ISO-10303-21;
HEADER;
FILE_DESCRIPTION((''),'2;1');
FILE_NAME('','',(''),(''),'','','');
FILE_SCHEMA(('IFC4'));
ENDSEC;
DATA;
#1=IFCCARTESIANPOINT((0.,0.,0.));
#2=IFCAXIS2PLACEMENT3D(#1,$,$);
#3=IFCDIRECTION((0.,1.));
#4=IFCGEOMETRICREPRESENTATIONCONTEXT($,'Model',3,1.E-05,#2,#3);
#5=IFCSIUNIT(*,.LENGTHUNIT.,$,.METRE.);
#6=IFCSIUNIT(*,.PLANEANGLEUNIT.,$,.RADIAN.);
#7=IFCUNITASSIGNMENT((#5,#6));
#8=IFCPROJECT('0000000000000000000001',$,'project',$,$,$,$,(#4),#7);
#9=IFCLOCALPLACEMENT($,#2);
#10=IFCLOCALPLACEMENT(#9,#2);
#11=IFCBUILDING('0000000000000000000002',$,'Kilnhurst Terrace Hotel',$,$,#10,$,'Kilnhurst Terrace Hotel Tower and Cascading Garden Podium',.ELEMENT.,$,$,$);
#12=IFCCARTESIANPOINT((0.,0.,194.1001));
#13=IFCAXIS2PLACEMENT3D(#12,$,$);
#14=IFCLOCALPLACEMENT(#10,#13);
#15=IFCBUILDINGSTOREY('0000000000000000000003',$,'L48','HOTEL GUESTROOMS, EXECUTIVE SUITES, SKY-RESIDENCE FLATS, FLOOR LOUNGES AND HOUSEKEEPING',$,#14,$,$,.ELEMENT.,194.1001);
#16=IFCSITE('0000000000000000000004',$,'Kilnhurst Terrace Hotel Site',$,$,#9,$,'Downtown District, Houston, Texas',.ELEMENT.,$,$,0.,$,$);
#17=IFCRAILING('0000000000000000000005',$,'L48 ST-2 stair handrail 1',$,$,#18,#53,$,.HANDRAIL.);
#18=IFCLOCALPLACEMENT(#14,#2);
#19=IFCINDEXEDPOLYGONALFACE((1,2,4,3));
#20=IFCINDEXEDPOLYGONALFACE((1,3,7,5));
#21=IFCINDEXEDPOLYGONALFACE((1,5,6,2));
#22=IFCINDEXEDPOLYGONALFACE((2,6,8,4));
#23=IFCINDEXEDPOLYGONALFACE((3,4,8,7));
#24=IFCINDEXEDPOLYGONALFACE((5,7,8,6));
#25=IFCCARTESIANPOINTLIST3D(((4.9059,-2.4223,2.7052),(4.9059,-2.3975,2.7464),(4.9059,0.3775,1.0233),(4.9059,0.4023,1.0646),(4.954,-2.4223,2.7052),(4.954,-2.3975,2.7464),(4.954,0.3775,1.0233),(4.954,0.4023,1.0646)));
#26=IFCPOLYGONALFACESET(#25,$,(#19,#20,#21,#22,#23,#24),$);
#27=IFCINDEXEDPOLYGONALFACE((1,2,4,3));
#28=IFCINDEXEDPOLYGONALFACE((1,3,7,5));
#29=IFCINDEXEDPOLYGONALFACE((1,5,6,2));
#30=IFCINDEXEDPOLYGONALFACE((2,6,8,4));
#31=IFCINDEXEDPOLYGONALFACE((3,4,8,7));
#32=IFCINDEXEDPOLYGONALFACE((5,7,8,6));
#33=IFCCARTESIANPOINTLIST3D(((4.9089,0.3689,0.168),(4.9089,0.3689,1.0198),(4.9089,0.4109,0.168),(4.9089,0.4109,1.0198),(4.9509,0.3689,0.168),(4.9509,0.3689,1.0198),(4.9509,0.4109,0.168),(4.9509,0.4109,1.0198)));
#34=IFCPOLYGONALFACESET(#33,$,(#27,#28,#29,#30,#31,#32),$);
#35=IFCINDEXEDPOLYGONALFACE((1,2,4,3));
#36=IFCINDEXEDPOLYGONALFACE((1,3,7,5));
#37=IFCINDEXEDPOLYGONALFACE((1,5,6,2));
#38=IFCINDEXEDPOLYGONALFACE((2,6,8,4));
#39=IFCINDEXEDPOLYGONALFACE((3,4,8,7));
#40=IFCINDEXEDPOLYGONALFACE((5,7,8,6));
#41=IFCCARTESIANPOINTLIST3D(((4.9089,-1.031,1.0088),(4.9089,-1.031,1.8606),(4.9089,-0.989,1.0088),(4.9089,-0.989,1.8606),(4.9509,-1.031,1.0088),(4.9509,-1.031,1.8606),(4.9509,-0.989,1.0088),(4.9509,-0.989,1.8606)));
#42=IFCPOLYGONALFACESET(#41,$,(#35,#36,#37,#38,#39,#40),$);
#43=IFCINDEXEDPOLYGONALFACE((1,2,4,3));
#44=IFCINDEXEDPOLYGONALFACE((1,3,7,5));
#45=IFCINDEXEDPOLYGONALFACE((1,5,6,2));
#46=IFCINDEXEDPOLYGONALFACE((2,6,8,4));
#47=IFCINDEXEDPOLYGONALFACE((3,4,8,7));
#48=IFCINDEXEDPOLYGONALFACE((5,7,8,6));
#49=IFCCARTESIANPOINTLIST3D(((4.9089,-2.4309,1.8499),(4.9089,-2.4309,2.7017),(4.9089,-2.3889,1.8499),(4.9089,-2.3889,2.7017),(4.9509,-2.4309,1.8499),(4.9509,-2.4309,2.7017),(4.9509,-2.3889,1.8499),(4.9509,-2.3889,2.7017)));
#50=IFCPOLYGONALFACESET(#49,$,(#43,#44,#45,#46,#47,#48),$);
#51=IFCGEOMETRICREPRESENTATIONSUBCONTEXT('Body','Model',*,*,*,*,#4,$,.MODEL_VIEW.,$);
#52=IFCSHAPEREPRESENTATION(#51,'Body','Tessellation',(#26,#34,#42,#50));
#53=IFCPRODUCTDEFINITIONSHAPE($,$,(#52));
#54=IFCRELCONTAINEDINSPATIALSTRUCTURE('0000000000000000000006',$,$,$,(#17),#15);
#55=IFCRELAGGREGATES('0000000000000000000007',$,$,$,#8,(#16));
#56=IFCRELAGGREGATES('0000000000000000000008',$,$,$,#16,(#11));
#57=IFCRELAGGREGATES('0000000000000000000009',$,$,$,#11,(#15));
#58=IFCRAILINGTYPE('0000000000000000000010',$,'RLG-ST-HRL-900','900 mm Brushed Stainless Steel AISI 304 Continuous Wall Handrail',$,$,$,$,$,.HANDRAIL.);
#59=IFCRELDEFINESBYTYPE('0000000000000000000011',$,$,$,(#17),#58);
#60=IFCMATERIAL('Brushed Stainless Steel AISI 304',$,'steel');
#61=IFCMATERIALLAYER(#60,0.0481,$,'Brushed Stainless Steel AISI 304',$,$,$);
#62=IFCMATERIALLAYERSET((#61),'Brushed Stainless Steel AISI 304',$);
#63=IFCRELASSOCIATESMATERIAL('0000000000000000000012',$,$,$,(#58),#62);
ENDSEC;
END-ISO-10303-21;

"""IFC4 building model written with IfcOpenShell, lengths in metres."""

from ifc_helpers import new_model, si_unit, direction, frame, origin, origin_2d, place, context, subcontext, project, spatial, rectangle, extrude, material, layer, layer_set, type_object, element, save


model = new_model("IFC4")

# Units and contexts
model_context = context("Model", 3, precision=1e-05, world=origin(), true_north=direction((0.0, 1.0)))
body_context = subcontext(model_context, "Body", "Model", "MODEL_VIEW")
ifc_project = project(units=[si_unit("LENGTHUNIT", "METRE"), si_unit("PLANEANGLEUNIT", "RADIAN")], contexts=[model_context])

# Site, building, storey
site_placement = place(None, origin())
site = spatial("IfcSite", under=ifc_project, at=site_placement, Name="Kilnhurst Terrace Hotel Site", LongName="Downtown District, Houston, Texas", CompositionType="ELEMENT", RefElevation=0.0)
building_placement = place(site_placement, origin())
building = spatial("IfcBuilding", under=site, at=building_placement, Name="Kilnhurst Terrace Hotel", LongName="Kilnhurst Terrace Hotel Tower and Cascading Garden Podium", CompositionType="ELEMENT")
storey_placement = place(building_placement, frame((0.0, 0.0, 194.1001)))
storey = spatial("IfcBuildingStorey", under=building, at=storey_placement, Name="L48", Description="HOTEL GUESTROOMS, EXECUTIVE SUITES, SKY-RESIDENCE FLATS, FLOOR LOUNGES AND HOUSEKEEPING", CompositionType="ELEMENT", Elevation=194.1001)

# Railing
ifc_material_1 = material(Name="Brushed Stainless Steel AISI 304", Category="steel")
ifc_layer_1 = layer(ifc_material_1, 0.0481, Name="Brushed Stainless Steel AISI 304")
ifc_layer_set_1 = layer_set([ifc_layer_1], Name="Brushed Stainless Steel AISI 304")
railing_type_1 = type_object("IfcRailingType", Name="RLG-ST-HRL-900", Description="900 mm Brushed Stainless Steel AISI 304 Continuous Wall Handrail", PredefinedType="HANDRAIL", material=ifc_layer_set_1)
railing_1_placement = place(storey_placement, frame((4.9299, 0.3899, 0.168)))
element("IfcRailing", 1, at=railing_1_placement, inside=storey, type_object=railing_type_1, Name="L48 ST-2 stair handrail 1", PredefinedType="HANDRAIL", context=body_context, shape_type="SweptSolid", body=[
    extrude(rectangle(XDim=0.0481, YDim=0.0481, at=origin_2d()), frame((0.0, 0.0, 0.876), z_axis=(0.0, -0.857222, 0.514946), x_axis=(1.0, 0.0, 0.0)), (0.0, 0.0, 1.0), 3.2661),
    extrude(rectangle(XDim=0.042, YDim=0.042, at=origin_2d()), origin(), (0.0, 0.0, 1.0), 0.8518),
    extrude(rectangle(XDim=0.042, YDim=0.042, at=origin_2d()), frame((0.0, -1.3999, 0.8408)), (0.0, 0.0, 1.0), 0.8518),
    extrude(rectangle(XDim=0.042, YDim=0.042, at=origin_2d()), frame((0.0, -2.7998, 1.6819)), (0.0, 0.0, 1.0), 0.8518),
])

save(model, "model.ifc")
